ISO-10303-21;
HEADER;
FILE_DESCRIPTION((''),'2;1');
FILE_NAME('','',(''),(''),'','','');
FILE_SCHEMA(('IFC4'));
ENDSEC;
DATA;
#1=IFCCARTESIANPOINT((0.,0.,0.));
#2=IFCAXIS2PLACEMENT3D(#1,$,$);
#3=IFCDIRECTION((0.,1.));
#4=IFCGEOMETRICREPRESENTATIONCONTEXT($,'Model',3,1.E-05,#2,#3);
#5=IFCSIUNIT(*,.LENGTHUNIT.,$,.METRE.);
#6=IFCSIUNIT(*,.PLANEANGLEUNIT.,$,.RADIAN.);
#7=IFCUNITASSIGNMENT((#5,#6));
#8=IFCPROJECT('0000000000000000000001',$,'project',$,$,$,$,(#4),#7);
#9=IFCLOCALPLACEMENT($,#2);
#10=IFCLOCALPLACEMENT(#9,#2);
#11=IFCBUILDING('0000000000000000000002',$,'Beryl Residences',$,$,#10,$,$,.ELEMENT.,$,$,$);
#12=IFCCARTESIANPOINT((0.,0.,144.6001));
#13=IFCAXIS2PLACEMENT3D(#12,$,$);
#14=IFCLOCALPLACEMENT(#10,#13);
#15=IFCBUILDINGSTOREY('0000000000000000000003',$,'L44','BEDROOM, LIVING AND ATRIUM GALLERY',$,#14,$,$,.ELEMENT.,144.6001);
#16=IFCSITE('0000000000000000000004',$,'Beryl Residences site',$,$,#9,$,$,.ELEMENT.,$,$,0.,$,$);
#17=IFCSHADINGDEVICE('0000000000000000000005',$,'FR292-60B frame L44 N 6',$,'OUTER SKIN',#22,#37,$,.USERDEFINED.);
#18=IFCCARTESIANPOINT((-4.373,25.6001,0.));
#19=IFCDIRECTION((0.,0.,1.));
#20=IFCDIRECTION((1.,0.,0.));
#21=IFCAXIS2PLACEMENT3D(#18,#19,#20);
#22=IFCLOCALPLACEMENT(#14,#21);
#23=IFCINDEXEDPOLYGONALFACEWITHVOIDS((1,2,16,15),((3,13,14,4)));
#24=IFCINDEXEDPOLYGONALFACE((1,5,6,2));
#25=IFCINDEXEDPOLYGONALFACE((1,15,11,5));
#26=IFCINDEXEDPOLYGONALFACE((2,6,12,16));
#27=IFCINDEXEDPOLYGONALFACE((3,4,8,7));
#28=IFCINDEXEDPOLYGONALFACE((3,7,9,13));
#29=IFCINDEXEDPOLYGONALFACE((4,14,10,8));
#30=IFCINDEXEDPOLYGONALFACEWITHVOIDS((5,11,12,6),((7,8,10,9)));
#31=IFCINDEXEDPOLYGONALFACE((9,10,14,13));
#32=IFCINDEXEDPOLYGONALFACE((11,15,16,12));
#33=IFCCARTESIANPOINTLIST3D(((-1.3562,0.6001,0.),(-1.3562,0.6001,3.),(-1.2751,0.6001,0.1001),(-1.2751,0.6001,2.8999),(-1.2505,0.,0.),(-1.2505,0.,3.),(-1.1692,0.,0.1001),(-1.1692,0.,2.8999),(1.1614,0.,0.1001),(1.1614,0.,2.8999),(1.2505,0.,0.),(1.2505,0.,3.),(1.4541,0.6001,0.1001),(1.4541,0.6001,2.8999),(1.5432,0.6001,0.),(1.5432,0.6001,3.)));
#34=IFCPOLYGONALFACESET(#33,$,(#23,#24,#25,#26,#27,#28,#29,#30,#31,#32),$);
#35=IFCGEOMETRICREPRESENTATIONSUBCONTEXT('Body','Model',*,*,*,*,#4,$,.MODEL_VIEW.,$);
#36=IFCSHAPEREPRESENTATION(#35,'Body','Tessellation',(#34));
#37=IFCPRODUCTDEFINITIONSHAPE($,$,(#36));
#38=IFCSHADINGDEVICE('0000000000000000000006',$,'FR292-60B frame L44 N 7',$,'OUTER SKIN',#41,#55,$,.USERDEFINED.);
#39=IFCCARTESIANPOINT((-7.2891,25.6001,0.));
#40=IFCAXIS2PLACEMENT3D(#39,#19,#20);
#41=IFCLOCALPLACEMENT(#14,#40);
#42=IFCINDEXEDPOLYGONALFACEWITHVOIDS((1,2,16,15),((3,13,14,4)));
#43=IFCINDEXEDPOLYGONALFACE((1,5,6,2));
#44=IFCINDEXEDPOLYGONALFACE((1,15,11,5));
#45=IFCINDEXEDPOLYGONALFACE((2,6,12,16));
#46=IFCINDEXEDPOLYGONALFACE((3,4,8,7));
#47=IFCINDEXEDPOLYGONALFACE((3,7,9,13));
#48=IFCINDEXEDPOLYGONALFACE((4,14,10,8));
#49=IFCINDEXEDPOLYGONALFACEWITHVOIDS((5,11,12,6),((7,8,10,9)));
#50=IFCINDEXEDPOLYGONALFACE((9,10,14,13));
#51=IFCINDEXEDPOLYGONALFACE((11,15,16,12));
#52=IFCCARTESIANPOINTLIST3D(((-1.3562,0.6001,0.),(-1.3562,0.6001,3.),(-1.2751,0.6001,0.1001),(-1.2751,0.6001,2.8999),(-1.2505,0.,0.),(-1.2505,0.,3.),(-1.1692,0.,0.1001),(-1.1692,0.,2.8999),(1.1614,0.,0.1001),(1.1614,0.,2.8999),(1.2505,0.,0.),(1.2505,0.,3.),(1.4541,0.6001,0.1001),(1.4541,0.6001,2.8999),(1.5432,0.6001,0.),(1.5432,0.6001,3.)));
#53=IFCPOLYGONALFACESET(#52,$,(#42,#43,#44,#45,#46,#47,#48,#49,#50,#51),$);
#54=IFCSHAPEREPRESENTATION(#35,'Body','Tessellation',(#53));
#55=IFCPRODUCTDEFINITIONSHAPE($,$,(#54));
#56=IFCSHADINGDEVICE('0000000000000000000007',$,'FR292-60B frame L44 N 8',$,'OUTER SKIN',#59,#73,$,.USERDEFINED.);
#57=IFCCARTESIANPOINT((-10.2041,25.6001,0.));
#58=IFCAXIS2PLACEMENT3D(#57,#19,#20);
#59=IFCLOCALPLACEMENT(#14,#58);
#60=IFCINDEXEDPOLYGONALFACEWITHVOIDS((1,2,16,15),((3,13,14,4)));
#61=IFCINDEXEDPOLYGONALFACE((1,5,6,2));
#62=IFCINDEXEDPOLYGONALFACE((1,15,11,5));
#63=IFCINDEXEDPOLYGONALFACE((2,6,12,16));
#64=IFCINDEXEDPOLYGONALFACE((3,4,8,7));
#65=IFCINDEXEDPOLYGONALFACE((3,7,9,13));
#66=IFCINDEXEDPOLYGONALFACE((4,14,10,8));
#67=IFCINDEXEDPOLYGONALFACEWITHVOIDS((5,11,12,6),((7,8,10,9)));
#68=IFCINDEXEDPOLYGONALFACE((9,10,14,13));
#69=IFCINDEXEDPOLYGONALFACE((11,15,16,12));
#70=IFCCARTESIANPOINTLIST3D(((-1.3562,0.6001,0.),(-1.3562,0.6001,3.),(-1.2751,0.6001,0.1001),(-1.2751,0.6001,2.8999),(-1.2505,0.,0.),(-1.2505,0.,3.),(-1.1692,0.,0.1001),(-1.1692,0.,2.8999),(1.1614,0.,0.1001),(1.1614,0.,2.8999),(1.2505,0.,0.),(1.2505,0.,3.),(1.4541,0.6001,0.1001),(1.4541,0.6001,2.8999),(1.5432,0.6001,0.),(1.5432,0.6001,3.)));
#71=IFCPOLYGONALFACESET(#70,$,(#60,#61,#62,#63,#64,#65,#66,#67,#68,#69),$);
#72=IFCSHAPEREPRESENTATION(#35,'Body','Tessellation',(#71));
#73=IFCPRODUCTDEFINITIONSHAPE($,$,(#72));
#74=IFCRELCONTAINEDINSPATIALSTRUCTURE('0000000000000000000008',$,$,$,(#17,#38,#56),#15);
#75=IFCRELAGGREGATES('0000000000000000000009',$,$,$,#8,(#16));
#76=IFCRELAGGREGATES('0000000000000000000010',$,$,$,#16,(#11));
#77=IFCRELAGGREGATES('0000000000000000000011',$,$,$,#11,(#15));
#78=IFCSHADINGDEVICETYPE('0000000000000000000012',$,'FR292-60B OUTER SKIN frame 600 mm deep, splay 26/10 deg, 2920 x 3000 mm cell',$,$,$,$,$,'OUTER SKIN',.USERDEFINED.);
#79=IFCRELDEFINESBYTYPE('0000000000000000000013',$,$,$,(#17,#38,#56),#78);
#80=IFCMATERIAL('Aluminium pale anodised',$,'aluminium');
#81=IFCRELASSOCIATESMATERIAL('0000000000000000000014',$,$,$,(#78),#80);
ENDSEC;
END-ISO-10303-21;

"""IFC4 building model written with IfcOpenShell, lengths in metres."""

from ifc_helpers import new_model, entity, si_unit, direction, frame, origin, place, context, subcontext, project, spatial, source, transform, mapped, material, type_object, type_shapes, element, save


model = new_model("IFC4")

# Units and contexts
model_context = context("Model", 3, precision=1e-05, world=origin(), true_north=direction((0.0, 1.0)))
body_context = subcontext(model_context, "Body", "Model", "MODEL_VIEW")
ifc_project = project(units=[si_unit("LENGTHUNIT", "METRE"), si_unit("PLANEANGLEUNIT", "RADIAN")], contexts=[model_context])

# Site, building, storey
site_placement = place(None, origin())
site = spatial("IfcSite", under=ifc_project, at=site_placement, Name="Beryl Residences site", CompositionType="ELEMENT", RefElevation=0.0)
building_placement = place(site_placement, origin())
building = spatial("IfcBuilding", under=site, at=building_placement, Name="Beryl Residences", CompositionType="ELEMENT")
storey_placement = place(building_placement, frame((0.0, 0.0, 144.6001)))
storey = spatial("IfcBuildingStorey", under=building, at=storey_placement, Name="L44", Description="BEDROOM, LIVING AND ATRIUM GALLERY", CompositionType="ELEMENT", Elevation=144.6001)

# Shading devices
ifc_material_1 = material(Name="Aluminium pale anodised", Category="aluminium")
shading_device_type = type_object("IfcShadingDeviceType", Name="FR292-60B OUTER SKIN frame 600 mm deep, splay 26/10 deg, 2920 x 3000 mm cell", ElementType="OUTER SKIN", PredefinedType="USERDEFINED", material=ifc_material_1)
cartesian_point_1 = entity("IfcCartesianPoint", [-1.2505, 0.0])
cartesian_point_2 = entity("IfcCartesianPoint", [-1.1614, 0.1001])
cartesian_point_3 = entity("IfcCartesianPoint", [-1.5432, 0.0])
cartesian_point_4 = entity("IfcCartesianPoint", [-1.4541, 0.1001])
shared_shape = source(origin(), body_context, "Body", "SweptSolid", [
    entity("IfcExtrudedAreaSolidTapered", entity("IfcArbitraryProfileDefWithVoids", "AREA", None, entity("IfcPolyline", [cartesian_point_1, entity("IfcCartesianPoint", [1.2505, 0.0]), entity("IfcCartesianPoint", [1.2505, 3.0]), entity("IfcCartesianPoint", [-1.2505, 3.0]), cartesian_point_1]), [entity("IfcPolyline", [cartesian_point_2, entity("IfcCartesianPoint", [1.1692, 0.1001]), entity("IfcCartesianPoint", [1.1692, 2.8999]), entity("IfcCartesianPoint", [-1.1614, 2.8999]), cartesian_point_2])]), entity("IfcAxis2Placement3D", entity("IfcCartesianPoint", [0.0, 0.0, 0.0]), entity("IfcDirection", [0.0, 1.0, 0.0]), entity("IfcDirection", [-1.0, 0.0, 0.0])), entity("IfcDirection", [0.0, 0.0, 1.0]), 0.6001, entity("IfcArbitraryProfileDefWithVoids", "AREA", None, entity("IfcPolyline", [cartesian_point_3, entity("IfcCartesianPoint", [1.3562, 0.0]), entity("IfcCartesianPoint", [1.3562, 3.0]), entity("IfcCartesianPoint", [-1.5432, 3.0]), cartesian_point_3]), [entity("IfcPolyline", [cartesian_point_4, entity("IfcCartesianPoint", [1.2751, 0.1001]), entity("IfcCartesianPoint", [1.2751, 2.8999]), entity("IfcCartesianPoint", [-1.4541, 2.8999]), cartesian_point_4])])),
])
type_shapes(shading_device_type, [shared_shape])
for number, where, z_axis, x_axis, name in (
    (1, (-4.373, 25.6001, 0.0), (0.0, 0.0, 1.0), (1.0, 0.0, 0.0), "FR292-60B frame L44 N 6"),
    (2, (-7.2891, 25.6001, 0.0), (0.0, 0.0, 1.0), (1.0, 0.0, 0.0), "FR292-60B frame L44 N 7"),
    (3, (-10.2041, 25.6001, 0.0), (0.0, 0.0, 1.0), (1.0, 0.0, 0.0), "FR292-60B frame L44 N 8"),
):
    element("IfcShadingDevice", number, at=place(storey_placement, frame(where, z_axis=z_axis, x_axis=x_axis)), inside=storey, type_object=shading_device_type, Name=name, ObjectType="OUTER SKIN", PredefinedType="USERDEFINED", context=body_context, shape_type="MappedRepresentation", body=[
        mapped(shared_shape, transform((0.0, 0.0, 0.0))),
    ])

save(model, "model.ifc")
